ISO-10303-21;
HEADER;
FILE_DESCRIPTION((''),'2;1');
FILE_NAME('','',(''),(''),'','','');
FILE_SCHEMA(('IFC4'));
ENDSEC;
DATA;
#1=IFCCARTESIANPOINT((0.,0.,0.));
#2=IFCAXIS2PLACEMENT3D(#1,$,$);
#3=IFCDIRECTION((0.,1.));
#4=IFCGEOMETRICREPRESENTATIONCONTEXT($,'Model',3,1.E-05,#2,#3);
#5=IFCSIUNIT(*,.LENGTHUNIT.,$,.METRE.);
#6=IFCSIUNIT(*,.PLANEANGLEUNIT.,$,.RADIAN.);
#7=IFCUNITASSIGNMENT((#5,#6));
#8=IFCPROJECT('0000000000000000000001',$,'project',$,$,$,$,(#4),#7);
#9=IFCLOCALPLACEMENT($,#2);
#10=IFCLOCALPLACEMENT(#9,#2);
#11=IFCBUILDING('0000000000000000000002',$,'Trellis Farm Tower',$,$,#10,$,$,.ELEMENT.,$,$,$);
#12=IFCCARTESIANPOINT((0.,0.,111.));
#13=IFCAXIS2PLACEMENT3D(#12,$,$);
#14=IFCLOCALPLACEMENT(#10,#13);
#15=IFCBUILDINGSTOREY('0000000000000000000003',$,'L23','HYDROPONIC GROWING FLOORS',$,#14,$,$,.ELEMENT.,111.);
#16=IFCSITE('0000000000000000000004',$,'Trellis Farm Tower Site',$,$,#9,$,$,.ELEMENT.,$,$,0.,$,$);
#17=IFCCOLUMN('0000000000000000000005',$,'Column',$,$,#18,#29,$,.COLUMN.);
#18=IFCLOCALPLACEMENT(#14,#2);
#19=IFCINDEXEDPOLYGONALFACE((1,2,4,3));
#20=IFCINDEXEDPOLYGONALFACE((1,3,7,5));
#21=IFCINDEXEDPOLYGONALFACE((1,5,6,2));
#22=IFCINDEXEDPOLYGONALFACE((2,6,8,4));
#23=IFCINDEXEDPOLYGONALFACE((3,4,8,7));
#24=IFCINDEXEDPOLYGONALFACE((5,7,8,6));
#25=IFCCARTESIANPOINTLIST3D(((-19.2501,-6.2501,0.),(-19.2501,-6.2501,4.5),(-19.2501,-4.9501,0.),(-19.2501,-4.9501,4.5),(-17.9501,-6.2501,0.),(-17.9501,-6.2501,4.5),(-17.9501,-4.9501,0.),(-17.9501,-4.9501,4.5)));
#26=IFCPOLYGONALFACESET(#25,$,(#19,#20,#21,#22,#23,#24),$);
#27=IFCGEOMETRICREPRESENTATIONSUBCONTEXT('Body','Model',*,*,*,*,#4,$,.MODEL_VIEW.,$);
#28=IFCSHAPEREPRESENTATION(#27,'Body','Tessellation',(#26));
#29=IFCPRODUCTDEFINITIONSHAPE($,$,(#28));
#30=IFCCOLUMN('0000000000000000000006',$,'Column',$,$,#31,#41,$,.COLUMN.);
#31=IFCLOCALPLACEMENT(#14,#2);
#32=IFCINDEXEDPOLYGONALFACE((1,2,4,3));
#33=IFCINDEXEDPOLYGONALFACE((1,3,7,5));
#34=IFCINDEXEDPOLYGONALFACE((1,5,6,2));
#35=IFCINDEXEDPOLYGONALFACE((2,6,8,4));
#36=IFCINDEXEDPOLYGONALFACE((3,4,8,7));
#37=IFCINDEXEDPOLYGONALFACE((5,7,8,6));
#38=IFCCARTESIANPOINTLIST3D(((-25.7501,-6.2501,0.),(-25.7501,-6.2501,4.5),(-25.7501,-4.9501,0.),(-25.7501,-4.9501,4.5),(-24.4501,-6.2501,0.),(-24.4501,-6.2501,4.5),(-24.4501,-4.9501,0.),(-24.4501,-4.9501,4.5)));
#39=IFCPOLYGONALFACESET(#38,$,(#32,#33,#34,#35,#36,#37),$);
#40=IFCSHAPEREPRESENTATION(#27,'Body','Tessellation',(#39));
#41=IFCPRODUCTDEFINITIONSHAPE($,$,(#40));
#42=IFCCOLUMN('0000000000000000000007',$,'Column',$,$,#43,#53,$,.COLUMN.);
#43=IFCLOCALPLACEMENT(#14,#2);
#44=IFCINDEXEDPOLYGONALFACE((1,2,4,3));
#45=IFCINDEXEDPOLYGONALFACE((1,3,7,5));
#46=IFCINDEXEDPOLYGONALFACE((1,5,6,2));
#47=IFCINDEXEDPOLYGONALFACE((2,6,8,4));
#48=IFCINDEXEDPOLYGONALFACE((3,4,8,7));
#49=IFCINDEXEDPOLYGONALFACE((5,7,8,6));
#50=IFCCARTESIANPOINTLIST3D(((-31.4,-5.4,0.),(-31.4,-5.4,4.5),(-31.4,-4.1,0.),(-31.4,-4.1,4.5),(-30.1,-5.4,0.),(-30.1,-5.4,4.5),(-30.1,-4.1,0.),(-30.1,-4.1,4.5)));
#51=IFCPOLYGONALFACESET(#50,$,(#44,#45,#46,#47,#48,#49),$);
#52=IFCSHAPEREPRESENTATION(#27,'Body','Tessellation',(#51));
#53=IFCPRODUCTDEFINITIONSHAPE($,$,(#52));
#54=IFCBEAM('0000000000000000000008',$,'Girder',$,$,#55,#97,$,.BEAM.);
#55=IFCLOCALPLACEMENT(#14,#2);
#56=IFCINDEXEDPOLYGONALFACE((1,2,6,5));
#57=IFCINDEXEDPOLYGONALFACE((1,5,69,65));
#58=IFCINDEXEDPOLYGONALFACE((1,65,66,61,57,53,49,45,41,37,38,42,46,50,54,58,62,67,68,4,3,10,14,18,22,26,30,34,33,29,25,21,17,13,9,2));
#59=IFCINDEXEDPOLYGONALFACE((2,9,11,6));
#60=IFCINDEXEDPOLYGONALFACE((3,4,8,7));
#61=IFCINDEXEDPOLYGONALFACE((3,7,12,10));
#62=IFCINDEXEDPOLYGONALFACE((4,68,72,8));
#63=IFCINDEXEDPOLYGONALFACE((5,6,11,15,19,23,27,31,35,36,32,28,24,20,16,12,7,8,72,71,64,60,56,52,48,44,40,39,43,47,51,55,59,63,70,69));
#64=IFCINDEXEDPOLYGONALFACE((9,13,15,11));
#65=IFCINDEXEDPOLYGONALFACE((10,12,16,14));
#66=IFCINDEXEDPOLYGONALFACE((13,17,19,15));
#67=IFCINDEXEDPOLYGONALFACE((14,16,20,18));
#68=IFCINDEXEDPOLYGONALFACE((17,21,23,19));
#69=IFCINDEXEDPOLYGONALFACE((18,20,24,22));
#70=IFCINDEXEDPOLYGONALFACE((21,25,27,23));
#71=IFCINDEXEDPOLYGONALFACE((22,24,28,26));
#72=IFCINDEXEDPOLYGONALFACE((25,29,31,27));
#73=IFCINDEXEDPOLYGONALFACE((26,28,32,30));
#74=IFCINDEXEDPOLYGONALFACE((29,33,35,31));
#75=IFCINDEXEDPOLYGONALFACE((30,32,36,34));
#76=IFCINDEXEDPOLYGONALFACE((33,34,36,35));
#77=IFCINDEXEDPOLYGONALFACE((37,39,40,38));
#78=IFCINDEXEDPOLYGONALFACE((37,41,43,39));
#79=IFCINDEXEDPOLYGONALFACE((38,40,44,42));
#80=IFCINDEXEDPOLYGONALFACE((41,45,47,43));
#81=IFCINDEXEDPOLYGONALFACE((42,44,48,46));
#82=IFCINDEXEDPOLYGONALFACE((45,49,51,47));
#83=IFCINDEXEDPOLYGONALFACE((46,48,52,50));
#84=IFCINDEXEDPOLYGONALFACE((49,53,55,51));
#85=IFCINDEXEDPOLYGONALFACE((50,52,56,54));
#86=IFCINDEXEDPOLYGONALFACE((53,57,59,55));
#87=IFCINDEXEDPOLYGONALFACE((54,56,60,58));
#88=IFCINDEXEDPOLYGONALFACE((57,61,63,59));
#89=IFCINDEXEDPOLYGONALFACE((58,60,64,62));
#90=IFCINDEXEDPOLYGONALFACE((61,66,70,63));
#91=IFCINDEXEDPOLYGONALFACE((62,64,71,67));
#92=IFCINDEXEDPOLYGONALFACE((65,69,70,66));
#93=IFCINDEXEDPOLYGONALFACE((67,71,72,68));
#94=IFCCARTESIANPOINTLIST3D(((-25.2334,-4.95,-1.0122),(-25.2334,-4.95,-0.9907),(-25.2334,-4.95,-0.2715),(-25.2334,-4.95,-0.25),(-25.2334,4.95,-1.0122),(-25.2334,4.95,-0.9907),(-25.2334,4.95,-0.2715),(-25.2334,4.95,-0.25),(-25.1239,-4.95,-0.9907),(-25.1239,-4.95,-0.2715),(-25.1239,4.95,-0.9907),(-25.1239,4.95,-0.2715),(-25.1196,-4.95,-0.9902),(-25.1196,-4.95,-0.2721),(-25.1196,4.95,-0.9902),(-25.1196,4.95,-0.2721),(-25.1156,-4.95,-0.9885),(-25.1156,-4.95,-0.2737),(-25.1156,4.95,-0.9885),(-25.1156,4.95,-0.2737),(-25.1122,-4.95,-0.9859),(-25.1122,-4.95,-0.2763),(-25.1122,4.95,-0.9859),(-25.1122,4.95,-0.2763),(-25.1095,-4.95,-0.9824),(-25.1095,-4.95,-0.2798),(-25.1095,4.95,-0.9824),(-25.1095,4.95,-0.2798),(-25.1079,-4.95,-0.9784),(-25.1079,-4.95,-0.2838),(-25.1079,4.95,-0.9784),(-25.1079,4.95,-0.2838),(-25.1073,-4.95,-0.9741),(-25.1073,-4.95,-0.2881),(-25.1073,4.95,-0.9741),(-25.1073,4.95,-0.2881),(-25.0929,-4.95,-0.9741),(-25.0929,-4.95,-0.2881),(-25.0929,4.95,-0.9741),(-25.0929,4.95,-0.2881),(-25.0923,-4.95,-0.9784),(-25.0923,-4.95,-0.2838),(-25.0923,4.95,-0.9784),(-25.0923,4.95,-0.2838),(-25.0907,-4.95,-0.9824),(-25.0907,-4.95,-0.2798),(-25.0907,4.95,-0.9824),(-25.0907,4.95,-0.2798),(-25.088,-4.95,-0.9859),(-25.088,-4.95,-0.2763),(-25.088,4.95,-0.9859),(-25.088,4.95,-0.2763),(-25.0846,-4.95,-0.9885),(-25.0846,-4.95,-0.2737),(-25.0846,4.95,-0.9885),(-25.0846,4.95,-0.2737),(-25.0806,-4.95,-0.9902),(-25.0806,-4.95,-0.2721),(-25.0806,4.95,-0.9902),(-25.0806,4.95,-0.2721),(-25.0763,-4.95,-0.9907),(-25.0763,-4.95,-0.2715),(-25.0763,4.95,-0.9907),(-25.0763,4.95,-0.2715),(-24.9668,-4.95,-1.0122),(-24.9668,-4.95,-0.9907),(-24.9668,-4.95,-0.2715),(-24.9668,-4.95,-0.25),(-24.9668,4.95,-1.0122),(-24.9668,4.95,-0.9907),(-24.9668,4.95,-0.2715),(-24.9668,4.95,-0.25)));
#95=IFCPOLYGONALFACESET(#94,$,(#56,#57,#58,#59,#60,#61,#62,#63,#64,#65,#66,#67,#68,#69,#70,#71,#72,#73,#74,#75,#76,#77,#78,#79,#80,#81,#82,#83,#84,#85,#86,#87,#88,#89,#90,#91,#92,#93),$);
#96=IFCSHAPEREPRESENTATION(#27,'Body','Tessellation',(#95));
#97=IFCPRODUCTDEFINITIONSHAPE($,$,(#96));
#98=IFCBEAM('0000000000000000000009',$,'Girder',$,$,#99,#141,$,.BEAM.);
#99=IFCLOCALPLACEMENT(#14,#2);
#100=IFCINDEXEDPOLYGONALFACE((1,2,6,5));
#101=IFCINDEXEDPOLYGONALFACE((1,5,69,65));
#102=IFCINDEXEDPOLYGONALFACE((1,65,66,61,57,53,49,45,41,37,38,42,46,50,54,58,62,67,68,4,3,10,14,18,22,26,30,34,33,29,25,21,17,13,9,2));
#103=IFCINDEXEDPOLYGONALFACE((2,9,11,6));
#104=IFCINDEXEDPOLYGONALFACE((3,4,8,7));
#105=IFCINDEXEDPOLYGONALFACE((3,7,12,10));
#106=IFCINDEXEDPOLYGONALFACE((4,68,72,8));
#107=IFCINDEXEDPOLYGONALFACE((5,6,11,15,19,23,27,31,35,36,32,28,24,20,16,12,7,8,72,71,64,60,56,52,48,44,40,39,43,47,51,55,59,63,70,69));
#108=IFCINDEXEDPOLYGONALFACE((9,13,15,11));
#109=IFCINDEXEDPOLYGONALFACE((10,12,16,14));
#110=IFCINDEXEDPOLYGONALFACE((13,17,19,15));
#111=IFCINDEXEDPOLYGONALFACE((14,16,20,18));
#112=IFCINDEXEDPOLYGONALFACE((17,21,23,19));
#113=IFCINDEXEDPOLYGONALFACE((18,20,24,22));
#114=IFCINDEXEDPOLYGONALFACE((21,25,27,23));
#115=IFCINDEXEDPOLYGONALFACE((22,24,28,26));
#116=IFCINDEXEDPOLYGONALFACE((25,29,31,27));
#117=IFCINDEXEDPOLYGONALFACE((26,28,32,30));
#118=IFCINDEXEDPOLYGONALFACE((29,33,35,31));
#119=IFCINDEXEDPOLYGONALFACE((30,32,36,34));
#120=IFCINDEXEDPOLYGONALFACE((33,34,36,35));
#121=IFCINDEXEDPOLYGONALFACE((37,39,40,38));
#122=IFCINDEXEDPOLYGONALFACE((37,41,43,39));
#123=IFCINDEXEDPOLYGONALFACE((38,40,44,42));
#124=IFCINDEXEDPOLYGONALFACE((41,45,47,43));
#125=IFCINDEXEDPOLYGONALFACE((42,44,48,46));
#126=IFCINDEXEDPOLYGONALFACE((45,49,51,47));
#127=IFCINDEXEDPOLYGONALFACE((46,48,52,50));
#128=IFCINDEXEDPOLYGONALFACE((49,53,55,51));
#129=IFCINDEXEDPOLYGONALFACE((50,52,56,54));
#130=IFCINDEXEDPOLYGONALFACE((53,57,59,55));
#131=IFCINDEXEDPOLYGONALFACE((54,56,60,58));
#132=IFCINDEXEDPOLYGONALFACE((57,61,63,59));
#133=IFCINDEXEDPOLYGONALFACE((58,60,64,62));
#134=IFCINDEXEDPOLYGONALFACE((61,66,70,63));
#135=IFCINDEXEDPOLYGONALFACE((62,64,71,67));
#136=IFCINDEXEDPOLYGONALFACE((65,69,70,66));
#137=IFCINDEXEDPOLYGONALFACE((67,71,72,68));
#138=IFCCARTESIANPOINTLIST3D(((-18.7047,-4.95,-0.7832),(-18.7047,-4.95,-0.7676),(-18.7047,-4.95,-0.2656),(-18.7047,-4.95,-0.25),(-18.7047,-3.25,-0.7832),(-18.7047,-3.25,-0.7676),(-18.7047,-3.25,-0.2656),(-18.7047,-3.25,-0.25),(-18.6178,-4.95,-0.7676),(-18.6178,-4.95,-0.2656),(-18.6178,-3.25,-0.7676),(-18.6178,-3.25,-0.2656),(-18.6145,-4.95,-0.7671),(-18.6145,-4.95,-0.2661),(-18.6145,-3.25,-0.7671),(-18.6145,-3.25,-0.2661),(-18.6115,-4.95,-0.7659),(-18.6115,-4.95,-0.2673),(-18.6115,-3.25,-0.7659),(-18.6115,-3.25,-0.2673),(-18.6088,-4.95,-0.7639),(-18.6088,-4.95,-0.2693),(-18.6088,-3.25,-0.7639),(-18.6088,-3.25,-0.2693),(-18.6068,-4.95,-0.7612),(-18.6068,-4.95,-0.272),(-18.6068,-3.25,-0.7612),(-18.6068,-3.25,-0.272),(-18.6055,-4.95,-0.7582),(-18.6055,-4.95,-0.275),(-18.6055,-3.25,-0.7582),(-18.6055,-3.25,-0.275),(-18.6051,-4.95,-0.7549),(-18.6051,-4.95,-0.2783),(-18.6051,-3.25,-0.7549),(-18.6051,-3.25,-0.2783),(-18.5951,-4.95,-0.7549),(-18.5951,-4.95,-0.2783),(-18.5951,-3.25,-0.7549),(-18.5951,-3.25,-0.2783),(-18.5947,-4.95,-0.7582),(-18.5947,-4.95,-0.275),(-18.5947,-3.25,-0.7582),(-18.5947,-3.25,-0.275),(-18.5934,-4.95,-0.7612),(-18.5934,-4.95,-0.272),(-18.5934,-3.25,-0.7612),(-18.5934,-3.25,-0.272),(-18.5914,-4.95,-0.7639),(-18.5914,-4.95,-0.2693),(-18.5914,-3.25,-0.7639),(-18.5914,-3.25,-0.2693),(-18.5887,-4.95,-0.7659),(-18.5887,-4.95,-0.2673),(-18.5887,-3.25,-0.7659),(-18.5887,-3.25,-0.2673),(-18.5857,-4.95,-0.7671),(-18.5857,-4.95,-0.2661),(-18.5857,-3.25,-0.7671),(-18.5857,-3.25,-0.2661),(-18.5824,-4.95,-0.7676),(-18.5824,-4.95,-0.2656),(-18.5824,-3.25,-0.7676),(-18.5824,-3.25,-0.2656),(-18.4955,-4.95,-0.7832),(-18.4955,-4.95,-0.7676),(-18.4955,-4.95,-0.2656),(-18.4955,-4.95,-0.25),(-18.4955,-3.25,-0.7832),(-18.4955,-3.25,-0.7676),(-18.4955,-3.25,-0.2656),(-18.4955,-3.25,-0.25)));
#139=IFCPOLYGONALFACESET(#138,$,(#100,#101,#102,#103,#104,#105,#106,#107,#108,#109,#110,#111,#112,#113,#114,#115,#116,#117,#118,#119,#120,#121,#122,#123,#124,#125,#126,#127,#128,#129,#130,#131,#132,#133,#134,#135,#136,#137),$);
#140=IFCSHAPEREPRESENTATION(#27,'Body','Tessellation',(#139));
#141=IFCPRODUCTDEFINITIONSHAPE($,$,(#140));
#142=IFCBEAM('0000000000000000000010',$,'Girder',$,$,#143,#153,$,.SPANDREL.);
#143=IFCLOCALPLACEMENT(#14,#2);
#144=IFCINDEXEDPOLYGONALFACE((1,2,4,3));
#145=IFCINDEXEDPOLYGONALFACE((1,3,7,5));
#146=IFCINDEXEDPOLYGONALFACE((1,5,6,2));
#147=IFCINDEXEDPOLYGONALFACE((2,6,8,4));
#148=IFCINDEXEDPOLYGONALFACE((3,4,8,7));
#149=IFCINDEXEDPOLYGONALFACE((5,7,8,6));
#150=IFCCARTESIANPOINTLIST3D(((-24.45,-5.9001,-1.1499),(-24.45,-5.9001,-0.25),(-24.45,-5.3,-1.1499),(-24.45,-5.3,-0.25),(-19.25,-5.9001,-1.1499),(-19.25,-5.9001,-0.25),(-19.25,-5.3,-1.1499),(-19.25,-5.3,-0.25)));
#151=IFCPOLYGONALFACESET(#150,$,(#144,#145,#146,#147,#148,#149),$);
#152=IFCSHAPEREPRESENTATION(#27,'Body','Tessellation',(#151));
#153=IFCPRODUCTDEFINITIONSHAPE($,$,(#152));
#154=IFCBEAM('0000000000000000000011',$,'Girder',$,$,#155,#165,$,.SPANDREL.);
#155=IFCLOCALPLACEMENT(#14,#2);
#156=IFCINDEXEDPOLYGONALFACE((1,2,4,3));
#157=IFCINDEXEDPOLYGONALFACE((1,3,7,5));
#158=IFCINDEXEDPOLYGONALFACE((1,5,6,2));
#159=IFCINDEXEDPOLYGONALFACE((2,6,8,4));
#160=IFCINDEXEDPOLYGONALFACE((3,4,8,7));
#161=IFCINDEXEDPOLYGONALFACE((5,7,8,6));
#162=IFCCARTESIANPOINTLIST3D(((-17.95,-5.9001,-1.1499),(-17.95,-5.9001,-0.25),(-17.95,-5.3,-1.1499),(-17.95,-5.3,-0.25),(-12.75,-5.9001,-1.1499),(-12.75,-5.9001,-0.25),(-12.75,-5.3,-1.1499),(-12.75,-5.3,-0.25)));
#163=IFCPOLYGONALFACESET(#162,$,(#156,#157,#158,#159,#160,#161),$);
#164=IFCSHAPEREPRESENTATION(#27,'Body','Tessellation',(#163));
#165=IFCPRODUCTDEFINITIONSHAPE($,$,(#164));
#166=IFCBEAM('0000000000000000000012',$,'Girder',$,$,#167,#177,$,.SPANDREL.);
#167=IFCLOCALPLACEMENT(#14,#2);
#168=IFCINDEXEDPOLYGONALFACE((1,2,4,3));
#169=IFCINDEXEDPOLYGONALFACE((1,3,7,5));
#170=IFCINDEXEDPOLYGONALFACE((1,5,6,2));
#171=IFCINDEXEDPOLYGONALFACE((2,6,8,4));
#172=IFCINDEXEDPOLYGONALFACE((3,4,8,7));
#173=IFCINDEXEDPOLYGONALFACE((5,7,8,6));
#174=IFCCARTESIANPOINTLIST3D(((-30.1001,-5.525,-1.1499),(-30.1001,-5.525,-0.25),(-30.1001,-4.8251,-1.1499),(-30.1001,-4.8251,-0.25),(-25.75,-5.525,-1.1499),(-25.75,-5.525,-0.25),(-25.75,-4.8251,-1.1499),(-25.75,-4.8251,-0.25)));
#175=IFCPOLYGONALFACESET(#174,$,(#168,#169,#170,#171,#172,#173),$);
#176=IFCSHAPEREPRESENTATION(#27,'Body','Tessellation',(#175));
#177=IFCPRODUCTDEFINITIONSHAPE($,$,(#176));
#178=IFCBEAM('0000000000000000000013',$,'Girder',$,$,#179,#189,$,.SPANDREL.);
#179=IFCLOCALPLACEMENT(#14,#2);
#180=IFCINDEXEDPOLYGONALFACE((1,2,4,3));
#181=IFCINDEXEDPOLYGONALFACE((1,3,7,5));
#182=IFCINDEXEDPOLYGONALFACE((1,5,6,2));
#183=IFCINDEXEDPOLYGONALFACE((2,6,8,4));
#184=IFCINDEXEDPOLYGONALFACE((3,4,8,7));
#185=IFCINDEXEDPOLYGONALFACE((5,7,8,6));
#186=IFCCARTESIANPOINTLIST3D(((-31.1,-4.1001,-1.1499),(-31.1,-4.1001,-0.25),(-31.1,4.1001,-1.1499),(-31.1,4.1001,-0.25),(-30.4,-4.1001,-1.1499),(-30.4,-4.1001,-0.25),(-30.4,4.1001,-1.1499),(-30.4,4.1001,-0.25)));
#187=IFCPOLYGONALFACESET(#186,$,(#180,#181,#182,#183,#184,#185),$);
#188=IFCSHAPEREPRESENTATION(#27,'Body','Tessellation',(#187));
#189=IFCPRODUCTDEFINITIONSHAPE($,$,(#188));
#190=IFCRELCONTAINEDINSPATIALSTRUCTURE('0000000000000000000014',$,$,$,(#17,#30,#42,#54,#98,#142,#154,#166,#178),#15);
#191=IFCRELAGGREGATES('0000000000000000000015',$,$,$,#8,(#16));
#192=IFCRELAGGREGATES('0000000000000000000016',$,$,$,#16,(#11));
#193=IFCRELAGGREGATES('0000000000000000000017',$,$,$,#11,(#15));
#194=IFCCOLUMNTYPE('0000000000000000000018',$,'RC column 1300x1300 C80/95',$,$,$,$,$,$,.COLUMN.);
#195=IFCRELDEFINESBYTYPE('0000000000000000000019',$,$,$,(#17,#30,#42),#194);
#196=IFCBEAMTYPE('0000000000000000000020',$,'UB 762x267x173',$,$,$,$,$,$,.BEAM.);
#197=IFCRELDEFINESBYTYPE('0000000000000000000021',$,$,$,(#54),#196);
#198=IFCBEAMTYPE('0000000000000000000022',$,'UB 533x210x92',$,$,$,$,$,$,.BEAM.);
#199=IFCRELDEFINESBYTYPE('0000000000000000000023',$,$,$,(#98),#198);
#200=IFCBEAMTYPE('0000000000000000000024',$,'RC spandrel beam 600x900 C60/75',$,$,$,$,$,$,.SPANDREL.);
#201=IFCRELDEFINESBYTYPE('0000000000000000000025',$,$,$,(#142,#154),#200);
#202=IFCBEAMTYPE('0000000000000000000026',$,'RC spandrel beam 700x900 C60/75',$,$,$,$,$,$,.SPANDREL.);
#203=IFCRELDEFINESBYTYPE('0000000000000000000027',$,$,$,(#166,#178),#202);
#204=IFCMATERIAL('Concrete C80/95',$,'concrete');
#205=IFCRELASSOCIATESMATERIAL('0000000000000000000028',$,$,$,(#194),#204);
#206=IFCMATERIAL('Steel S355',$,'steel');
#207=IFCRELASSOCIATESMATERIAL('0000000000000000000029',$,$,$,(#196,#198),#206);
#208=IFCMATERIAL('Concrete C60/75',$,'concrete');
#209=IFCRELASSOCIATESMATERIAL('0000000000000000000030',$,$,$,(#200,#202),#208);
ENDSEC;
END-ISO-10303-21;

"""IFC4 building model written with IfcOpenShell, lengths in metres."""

from ifc_helpers import new_model, si_unit, direction, frame, origin, origin_2d, place, context, subcontext, project, spatial, rectangle, i_section, extrude, source, transform, mapped, material, material_profile, profile_set, type_object, element, save


model = new_model("IFC4")

# Units and contexts
model_context = context("Model", 3, precision=1e-05, world=origin(), true_north=direction((0.0, 1.0)))
body_context = subcontext(model_context, "Body", "Model", "MODEL_VIEW")
ifc_project = project(units=[si_unit("LENGTHUNIT", "METRE"), si_unit("PLANEANGLEUNIT", "RADIAN")], contexts=[model_context])

# Site, building, storey
site_placement = place(None, origin())
site = spatial("IfcSite", under=ifc_project, at=site_placement, Name="Trellis Farm Tower Site", CompositionType="ELEMENT", RefElevation=0.0)
building_placement = place(site_placement, origin())
building = spatial("IfcBuilding", under=site, at=building_placement, Name="Trellis Farm Tower", CompositionType="ELEMENT")
storey_placement = place(building_placement, frame((0.0, 0.0, 111.0)))
storey = spatial("IfcBuildingStorey", under=building, at=storey_placement, Name="L23", Description="HYDROPONIC GROWING FLOORS", CompositionType="ELEMENT", Elevation=111.0)

# Columns
ifc_material_1 = material(Name="Concrete C80/95", Category="concrete")
ifc_material_profile_1 = material_profile(ifc_material_1, rectangle(XDim=1.3, YDim=1.3, at=origin_2d()), Name="RC column 1300x1300 C80/95")
ifc_profile_set_1 = profile_set([ifc_material_profile_1], Name="Concrete C80/95")
column_type = type_object("IfcColumnType", Name="RC column 1300x1300 C80/95", PredefinedType="COLUMN", material=ifc_profile_set_1)
shared_shape_1 = source(origin(), body_context, "Body", "SweptSolid", [
    extrude(rectangle(XDim=1.3, YDim=1.3, at=origin_2d()), origin(), (0.0, 0.0, 1.0), 4.5),
])
for number, where, z_axis, x_axis, name in (
    (1, (-18.6001, -5.6001, 0.0), (0.0, 0.0, 1.0), (1.0, 0.0, 0.0), "Column"),
    (2, (-25.1001, -5.6001, 0.0), (0.0, 0.0, 1.0), (1.0, 0.0, 0.0), "Column"),
    (3, (-30.75, -4.75, 0.0), (0.0, 0.0, 1.0), (1.0, 0.0, 0.0), "Column"),
):
    element("IfcColumn", number, at=place(storey_placement, frame(where, z_axis=z_axis, x_axis=x_axis)), inside=storey, type_object=column_type, Name=name, PredefinedType="COLUMN", context=body_context, shape_type="MappedRepresentation", body=[
        mapped(shared_shape_1, transform((0.0, 0.0, 0.0))),
    ])

# Beams
ifc_material_2 = material(Name="Steel S355", Category="steel")
ifc_material_profile_2 = material_profile(ifc_material_2, i_section(OverallWidth=0.2666, OverallDepth=0.7622, WebThickness=0.0144, FlangeThickness=0.0215, FilletRadius=0.0166, at=origin_2d()), Name="UB 762x267x173")
ifc_profile_set_2 = profile_set([ifc_material_profile_2], Name="Steel S355")
beam_type_1 = type_object("IfcBeamType", Name="UB 762x267x173", PredefinedType="BEAM", material=ifc_profile_set_2)
shared_shape_2 = source(origin(), body_context, "Body", "SweptSolid", [
    extrude(i_section(OverallWidth=0.2666, OverallDepth=0.7622, WebThickness=0.0144, FlangeThickness=0.0215, FilletRadius=0.0166, at=origin_2d()), origin(), (0.0, 0.0, 1.0), 9.8999),
])
beam_1_placement = place(storey_placement, frame((-25.1001, -4.95, -0.6311), z_axis=(0.0, 1.0, 0.0), x_axis=(-1.0, 0.0, 0.0)))
element("IfcBeam", 4, at=beam_1_placement, inside=storey, type_object=beam_type_1, Name="Girder", PredefinedType="BEAM", context=body_context, shape_type="MappedRepresentation", body=[
    mapped(shared_shape_2, transform((0.0, 0.0, 0.0))),
])
ifc_material_profile_3 = material_profile(ifc_material_2, i_section(OverallWidth=0.2092, OverallDepth=0.5332, WebThickness=0.01, FlangeThickness=0.0156, FilletRadius=0.0127, at=origin_2d()), Name="UB 533x210x92")
ifc_profile_set_3 = profile_set([ifc_material_profile_3], Name="Steel S355")
beam_type_2 = type_object("IfcBeamType", Name="UB 533x210x92", PredefinedType="BEAM", material=ifc_profile_set_3)
shared_shape_3 = source(origin(), body_context, "Body", "SweptSolid", [
    extrude(i_section(OverallWidth=0.2092, OverallDepth=0.5332, WebThickness=0.01, FlangeThickness=0.0156, FilletRadius=0.0127, at=origin_2d()), origin(), (0.0, 0.0, 1.0), 1.7),
])
beam_2_placement = place(storey_placement, frame((-18.6001, -4.95, -0.5166), z_axis=(0.0, 1.0, 0.0), x_axis=(-1.0, 0.0, 0.0)))
element("IfcBeam", 5, at=beam_2_placement, inside=storey, type_object=beam_type_2, Name="Girder", PredefinedType="BEAM", context=body_context, shape_type="MappedRepresentation", body=[
    mapped(shared_shape_3, transform((0.0, 0.0, 0.0))),
])
ifc_material_3 = material(Name="Concrete C60/75", Category="concrete")
ifc_material_profile_4 = material_profile(ifc_material_3, rectangle(XDim=0.6001, YDim=0.8999, at=origin_2d()), Name="RC spandrel beam 600x900 C60/75")
ifc_profile_set_4 = profile_set([ifc_material_profile_4], Name="Concrete C60/75")
beam_type_3 = type_object("IfcBeamType", Name="RC spandrel beam 600x900 C60/75", PredefinedType="SPANDREL", material=ifc_profile_set_4)
shared_shape_4 = source(origin(), body_context, "Body", "SweptSolid", [
    extrude(rectangle(XDim=0.6001, YDim=0.8999, at=origin_2d()), origin(), (0.0, 0.0, 1.0), 5.2),
])
for number, where, z_axis, x_axis, name in (
    (6, (-24.45, -5.6001, -0.7), (1.0, 0.0, 0.0), (0.0, 1.0, 0.0), "Girder"),
    (7, (-17.95, -5.6001, -0.7), (1.0, 0.0, 0.0), (0.0, 1.0, 0.0), "Girder"),
):
    element("IfcBeam", number, at=place(storey_placement, frame(where, z_axis=z_axis, x_axis=x_axis)), inside=storey, type_object=beam_type_3, Name=name, PredefinedType="SPANDREL", context=body_context, shape_type="MappedRepresentation", body=[
        mapped(shared_shape_4, transform((0.0, 0.0, 0.0))),
    ])
ifc_material_profile_5 = material_profile(ifc_material_3, rectangle(XDim=0.7, YDim=0.8999, at=origin_2d()), Name="RC spandrel beam 700x900 C60/75")
ifc_profile_set_5 = profile_set([ifc_material_profile_5], Name="Concrete C60/75")
beam_type_4 = type_object("IfcBeamType", Name="RC spandrel beam 700x900 C60/75", PredefinedType="SPANDREL", material=ifc_profile_set_5)
shared_shape_5 = source(origin(), body_context, "Body", "SweptSolid", [
    extrude(rectangle(XDim=0.7, YDim=0.8999, at=origin_2d()), origin(), (0.0, 0.0, 1.0), 4.3501),
])
beam_3_placement = place(storey_placement, frame((-30.1001, -5.175, -0.7), z_axis=(1.0, 0.0, 0.0), x_axis=(0.0, 1.0, 0.0)))
element("IfcBeam", 8, at=beam_3_placement, inside=storey, type_object=beam_type_4, Name="Girder", PredefinedType="SPANDREL", context=body_context, shape_type="MappedRepresentation", body=[
    mapped(shared_shape_5, transform((0.0, 0.0, 0.0))),
])
shared_shape_6 = source(origin(), body_context, "Body", "SweptSolid", [
    extrude(rectangle(XDim=0.7, YDim=0.8999, at=origin_2d()), origin(), (0.0, 0.0, 1.0), 8.2002),
])
beam_4_placement = place(storey_placement, frame((-30.75, -4.1001, -0.7), z_axis=(0.0, 1.0, 0.0), x_axis=(-1.0, 0.0, 0.0)))
element("IfcBeam", 9, at=beam_4_placement, inside=storey, type_object=beam_type_4, Name="Girder", PredefinedType="SPANDREL", context=body_context, shape_type="MappedRepresentation", body=[
    mapped(shared_shape_6, transform((0.0, 0.0, 0.0))),
])

save(model, "model.ifc")
